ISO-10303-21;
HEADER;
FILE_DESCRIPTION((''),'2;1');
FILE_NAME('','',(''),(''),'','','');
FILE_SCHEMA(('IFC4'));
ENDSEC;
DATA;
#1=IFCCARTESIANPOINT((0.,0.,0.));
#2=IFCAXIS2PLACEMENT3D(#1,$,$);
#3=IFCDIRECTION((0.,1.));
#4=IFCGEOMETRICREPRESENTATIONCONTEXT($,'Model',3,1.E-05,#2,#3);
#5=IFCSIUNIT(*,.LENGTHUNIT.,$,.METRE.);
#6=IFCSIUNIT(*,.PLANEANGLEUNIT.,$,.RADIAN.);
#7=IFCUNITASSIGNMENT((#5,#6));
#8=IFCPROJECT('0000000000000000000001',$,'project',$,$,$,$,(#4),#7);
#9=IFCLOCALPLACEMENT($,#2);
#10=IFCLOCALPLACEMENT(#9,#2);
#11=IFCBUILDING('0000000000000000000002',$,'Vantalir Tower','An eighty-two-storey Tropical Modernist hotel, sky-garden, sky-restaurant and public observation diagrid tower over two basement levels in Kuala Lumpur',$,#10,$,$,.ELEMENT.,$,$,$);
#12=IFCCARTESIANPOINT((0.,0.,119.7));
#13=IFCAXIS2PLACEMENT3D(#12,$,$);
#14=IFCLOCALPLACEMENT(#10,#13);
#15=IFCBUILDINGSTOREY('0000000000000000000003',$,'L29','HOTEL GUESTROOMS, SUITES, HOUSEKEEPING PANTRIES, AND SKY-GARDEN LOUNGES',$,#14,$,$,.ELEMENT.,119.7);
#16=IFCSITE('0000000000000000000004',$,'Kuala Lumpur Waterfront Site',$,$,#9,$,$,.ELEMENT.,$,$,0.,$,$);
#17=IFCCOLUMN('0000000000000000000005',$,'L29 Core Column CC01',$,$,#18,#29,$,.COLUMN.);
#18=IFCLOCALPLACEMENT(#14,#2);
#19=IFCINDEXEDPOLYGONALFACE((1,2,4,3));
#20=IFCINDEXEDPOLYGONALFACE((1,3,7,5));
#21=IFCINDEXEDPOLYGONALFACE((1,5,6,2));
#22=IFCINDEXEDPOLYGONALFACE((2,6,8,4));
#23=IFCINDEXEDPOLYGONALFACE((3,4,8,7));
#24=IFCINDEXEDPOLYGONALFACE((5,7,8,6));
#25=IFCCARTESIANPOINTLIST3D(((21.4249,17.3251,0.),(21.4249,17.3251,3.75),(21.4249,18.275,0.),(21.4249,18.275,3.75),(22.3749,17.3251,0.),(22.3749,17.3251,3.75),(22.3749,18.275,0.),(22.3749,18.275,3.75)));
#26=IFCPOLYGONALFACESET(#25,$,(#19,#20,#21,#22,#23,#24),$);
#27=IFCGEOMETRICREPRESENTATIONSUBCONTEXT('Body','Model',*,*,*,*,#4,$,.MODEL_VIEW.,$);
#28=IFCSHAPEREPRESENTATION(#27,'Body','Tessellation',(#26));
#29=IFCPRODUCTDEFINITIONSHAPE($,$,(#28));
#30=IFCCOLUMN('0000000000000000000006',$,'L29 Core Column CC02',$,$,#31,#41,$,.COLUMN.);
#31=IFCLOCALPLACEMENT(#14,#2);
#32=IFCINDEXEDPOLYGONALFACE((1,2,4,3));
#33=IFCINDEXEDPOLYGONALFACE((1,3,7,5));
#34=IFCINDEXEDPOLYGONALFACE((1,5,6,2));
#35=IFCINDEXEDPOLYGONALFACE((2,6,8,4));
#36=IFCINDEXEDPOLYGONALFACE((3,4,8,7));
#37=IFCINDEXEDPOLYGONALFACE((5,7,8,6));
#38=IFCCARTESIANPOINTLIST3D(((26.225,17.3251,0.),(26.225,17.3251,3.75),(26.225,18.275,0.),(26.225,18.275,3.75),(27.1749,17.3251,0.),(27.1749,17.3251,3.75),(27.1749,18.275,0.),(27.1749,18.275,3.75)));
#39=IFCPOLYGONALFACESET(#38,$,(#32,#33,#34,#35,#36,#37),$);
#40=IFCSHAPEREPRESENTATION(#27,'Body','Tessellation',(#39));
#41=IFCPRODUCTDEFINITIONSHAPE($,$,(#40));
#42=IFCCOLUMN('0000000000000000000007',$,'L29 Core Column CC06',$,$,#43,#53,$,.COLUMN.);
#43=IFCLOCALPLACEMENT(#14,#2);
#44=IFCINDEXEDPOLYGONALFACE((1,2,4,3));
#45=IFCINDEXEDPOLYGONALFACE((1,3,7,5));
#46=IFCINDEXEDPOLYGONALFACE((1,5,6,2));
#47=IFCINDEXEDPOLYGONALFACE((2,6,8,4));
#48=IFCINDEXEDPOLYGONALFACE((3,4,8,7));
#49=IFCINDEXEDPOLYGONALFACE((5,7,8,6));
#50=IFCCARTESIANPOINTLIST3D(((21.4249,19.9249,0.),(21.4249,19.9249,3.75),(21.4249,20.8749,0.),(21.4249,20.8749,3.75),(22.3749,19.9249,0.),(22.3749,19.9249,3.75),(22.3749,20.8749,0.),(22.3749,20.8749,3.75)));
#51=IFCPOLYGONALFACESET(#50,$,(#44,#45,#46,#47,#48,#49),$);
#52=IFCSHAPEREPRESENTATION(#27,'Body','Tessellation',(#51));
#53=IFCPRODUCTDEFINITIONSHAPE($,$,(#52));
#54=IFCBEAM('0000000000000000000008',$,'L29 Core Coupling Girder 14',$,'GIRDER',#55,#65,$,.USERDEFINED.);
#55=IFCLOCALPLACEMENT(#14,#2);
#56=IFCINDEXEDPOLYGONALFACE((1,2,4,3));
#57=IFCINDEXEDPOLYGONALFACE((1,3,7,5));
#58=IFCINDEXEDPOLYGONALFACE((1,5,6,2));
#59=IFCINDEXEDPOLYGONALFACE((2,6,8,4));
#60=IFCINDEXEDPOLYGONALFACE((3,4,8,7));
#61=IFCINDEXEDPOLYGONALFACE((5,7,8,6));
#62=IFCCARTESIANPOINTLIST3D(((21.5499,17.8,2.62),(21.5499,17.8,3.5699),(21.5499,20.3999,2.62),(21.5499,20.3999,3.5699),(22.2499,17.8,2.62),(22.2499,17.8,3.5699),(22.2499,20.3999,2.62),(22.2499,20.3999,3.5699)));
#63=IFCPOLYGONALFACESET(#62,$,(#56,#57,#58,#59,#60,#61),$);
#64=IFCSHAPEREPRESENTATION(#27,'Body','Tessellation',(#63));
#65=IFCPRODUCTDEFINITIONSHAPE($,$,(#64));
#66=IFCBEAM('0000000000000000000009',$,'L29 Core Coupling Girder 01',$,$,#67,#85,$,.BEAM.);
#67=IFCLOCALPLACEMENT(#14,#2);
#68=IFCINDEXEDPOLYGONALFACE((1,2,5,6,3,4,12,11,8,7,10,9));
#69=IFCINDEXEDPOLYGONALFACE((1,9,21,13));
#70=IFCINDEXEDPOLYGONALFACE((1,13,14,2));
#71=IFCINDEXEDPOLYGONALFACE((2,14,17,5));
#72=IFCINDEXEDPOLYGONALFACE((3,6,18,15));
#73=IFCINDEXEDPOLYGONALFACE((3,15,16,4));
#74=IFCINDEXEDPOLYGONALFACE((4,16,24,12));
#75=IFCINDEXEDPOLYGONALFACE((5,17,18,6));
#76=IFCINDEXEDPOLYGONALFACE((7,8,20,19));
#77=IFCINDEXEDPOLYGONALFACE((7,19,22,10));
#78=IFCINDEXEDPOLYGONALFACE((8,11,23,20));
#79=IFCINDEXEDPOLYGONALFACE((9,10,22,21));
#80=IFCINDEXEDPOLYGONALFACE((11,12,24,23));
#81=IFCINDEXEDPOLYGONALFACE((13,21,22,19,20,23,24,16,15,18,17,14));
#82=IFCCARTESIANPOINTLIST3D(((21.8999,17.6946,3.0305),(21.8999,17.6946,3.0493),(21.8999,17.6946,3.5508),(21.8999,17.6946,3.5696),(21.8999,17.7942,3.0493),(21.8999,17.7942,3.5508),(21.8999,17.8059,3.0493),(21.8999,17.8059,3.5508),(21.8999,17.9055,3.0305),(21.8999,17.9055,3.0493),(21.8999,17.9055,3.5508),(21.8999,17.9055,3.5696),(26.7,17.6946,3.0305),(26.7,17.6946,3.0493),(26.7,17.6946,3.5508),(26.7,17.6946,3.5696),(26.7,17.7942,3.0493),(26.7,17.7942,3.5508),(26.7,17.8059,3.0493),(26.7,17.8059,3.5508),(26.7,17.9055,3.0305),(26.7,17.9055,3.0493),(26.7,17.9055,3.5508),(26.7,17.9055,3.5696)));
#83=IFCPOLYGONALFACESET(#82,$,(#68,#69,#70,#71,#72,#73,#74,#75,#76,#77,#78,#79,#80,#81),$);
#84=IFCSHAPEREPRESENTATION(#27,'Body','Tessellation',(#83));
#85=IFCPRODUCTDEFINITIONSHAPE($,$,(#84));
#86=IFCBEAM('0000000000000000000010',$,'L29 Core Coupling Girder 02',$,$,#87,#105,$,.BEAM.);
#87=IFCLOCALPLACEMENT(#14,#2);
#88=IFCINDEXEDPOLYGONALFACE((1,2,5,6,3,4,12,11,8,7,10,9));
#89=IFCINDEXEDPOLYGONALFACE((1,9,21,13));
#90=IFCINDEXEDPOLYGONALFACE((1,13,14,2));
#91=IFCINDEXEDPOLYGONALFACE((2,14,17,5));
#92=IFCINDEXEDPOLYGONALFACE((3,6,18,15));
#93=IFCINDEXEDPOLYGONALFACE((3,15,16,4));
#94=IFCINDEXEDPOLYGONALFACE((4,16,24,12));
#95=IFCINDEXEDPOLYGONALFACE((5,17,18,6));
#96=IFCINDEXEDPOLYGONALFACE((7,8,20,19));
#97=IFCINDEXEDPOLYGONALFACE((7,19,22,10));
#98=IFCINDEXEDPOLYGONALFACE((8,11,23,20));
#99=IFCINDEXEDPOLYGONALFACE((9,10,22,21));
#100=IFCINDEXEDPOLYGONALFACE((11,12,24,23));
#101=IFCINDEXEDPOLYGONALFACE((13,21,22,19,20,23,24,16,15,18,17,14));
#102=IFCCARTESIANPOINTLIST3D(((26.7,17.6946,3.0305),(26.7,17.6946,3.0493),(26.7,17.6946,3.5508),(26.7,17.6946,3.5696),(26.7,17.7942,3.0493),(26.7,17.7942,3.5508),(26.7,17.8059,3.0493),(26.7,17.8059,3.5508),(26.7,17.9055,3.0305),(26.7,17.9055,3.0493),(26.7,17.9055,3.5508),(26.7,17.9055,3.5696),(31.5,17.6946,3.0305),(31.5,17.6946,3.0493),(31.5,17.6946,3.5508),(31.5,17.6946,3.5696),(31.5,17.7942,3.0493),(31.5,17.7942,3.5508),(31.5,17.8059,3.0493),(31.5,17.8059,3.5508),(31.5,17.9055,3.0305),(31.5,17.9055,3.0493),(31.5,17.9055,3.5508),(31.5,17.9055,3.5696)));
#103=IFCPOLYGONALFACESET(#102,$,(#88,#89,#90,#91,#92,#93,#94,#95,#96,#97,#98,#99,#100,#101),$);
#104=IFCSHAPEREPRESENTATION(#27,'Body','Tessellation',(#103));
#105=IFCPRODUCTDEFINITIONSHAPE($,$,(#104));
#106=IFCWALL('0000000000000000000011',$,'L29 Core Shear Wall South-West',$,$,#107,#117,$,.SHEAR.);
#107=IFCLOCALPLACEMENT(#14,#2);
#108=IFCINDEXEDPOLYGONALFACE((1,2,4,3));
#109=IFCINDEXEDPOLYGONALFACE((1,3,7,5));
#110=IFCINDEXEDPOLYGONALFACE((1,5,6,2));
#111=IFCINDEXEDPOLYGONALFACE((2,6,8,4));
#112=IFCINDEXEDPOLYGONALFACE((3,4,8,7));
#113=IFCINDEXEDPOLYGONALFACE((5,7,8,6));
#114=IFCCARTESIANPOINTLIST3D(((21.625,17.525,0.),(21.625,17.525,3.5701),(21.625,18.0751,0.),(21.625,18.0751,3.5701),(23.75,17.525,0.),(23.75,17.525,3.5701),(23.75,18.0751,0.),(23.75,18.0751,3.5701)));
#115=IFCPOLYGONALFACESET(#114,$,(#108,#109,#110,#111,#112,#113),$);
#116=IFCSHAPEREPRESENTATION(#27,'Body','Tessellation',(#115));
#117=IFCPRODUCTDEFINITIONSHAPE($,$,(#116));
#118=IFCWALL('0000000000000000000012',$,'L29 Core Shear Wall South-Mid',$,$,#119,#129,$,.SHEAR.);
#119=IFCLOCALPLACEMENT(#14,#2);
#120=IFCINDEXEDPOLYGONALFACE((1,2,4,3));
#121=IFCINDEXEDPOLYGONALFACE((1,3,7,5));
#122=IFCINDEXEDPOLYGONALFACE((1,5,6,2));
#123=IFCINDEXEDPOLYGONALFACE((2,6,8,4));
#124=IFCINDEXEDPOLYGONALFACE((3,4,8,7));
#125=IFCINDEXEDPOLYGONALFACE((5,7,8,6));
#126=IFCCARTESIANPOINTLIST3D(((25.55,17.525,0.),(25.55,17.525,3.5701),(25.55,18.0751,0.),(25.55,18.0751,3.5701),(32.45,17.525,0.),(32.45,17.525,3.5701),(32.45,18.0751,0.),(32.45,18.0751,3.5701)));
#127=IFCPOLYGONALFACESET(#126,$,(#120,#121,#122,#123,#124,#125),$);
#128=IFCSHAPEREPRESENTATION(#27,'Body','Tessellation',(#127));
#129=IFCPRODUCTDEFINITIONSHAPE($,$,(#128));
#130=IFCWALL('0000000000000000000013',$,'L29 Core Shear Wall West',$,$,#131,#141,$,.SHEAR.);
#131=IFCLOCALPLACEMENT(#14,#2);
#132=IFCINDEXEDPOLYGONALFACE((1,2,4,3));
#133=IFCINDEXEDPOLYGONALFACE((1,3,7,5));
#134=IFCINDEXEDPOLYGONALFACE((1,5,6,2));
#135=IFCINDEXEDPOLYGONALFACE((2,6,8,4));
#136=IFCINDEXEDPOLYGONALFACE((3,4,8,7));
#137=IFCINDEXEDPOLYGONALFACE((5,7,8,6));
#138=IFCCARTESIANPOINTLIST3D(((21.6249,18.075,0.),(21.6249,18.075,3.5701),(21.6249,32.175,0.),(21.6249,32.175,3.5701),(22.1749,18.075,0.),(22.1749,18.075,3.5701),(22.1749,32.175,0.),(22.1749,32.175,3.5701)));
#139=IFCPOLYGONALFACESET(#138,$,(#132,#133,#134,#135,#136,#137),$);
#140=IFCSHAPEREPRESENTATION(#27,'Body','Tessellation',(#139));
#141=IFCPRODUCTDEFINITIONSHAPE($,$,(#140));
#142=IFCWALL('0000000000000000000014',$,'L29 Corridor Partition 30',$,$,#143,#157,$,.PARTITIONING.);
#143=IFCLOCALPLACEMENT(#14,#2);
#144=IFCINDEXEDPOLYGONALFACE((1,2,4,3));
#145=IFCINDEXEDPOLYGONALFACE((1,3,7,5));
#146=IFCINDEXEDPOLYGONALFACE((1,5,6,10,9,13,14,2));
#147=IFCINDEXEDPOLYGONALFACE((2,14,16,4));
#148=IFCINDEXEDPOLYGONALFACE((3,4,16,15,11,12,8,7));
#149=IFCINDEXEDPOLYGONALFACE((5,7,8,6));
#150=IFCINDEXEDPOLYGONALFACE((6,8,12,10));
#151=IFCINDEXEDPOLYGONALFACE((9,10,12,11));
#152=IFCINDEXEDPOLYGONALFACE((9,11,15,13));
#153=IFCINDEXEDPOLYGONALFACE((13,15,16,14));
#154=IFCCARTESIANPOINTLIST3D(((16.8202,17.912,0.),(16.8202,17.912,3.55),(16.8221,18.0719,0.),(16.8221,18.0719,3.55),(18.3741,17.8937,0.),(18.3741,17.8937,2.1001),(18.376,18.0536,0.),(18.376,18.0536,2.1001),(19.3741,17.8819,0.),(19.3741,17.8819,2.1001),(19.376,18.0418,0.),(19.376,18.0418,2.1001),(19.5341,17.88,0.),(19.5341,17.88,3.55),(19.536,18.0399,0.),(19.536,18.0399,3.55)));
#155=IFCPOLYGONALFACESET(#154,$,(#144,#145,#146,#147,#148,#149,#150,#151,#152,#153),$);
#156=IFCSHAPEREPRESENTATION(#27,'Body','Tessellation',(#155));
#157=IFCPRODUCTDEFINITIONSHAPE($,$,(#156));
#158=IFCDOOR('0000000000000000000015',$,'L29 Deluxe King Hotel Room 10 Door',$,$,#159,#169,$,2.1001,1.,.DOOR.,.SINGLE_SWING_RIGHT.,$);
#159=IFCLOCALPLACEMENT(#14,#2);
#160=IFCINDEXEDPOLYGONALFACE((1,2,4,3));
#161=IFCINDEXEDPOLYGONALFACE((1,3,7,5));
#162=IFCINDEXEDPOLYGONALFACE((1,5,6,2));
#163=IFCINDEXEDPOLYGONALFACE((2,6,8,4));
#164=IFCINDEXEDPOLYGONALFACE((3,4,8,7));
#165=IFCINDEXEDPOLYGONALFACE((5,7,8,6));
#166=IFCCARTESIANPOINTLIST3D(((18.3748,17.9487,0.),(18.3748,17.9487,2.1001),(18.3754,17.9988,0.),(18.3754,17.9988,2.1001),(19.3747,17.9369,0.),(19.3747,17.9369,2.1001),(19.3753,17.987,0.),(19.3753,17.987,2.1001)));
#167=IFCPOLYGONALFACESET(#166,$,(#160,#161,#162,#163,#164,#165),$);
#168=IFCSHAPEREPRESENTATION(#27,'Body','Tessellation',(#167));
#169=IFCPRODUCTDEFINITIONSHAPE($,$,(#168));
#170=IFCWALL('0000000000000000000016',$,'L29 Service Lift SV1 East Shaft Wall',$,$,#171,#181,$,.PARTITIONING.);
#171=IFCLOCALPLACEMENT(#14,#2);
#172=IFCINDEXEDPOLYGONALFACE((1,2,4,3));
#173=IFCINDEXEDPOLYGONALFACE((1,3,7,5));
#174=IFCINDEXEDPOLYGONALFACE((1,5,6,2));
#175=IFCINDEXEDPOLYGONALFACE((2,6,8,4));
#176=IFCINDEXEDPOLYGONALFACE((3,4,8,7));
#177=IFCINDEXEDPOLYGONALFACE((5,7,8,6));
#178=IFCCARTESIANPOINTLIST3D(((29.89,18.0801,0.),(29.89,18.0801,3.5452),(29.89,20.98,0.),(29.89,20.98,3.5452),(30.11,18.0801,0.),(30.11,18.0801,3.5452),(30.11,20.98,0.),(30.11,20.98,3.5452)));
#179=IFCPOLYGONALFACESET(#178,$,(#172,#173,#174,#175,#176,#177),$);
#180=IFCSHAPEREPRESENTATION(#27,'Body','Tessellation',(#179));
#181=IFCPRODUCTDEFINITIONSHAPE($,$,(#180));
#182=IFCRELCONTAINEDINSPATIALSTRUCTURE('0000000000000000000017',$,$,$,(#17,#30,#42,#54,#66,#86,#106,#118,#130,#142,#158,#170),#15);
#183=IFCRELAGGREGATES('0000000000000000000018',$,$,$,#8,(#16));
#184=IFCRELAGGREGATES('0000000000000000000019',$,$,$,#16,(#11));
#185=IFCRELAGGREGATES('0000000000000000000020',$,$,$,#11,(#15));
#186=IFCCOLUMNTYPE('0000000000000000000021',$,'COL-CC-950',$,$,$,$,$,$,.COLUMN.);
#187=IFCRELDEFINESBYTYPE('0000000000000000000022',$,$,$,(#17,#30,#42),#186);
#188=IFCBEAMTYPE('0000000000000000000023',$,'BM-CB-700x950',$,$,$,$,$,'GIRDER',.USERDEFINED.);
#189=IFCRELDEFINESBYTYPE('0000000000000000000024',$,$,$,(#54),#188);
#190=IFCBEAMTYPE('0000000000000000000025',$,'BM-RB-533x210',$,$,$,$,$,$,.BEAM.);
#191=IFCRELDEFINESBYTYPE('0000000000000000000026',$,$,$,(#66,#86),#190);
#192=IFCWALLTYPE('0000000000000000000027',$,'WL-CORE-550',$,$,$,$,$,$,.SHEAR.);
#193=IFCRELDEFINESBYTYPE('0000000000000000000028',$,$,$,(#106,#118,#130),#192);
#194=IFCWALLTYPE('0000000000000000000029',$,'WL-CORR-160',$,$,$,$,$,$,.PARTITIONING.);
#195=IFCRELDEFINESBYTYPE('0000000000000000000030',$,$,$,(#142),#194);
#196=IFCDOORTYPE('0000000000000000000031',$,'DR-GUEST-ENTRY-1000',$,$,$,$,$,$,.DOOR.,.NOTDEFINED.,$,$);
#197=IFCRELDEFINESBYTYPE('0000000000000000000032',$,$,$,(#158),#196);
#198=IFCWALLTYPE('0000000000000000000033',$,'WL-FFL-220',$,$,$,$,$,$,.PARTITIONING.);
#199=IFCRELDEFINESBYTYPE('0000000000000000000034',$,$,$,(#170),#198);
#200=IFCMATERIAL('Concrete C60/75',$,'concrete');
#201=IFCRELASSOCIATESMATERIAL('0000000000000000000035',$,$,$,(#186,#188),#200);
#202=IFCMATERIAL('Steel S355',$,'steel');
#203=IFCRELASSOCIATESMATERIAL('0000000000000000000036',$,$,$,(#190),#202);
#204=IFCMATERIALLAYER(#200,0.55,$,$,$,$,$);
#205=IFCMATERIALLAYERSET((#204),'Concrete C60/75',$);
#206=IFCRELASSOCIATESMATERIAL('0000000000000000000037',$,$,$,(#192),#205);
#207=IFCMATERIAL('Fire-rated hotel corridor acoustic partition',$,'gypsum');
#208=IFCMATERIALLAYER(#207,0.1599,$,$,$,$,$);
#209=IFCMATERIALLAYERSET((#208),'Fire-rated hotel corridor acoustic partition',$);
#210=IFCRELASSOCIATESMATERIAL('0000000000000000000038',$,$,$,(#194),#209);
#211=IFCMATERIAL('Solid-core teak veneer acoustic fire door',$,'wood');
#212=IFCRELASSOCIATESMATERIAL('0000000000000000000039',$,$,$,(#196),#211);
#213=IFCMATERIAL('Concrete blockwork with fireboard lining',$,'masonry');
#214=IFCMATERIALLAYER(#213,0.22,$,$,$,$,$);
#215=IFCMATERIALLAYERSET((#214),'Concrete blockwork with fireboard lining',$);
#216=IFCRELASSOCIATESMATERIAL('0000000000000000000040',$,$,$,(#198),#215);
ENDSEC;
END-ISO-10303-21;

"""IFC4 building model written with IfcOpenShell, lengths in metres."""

from ifc_helpers import new_model, si_unit, direction, frame, frame_2d, origin, origin_2d, place, context, subcontext, project, spatial, rectangle, i_section, extrude, material, layer, layer_set, material_profile, profile_set, type_object, element, fill, save


model = new_model("IFC4")

# Units and contexts
model_context = context("Model", 3, precision=1e-05, world=origin(), true_north=direction((0.0, 1.0)))
body_context = subcontext(model_context, "Body", "Model", "MODEL_VIEW")
ifc_project = project(units=[si_unit("LENGTHUNIT", "METRE"), si_unit("PLANEANGLEUNIT", "RADIAN")], contexts=[model_context])

# Site, building, storey
site_placement = place(None, origin())
site = spatial("IfcSite", under=ifc_project, at=site_placement, Name="Kuala Lumpur Waterfront Site", CompositionType="ELEMENT", RefElevation=0.0)
building_placement = place(site_placement, origin())
building = spatial("IfcBuilding", under=site, at=building_placement, Name="Vantalir Tower", Description="An eighty-two-storey Tropical Modernist hotel, sky-garden, sky-restaurant and public observation diagrid tower over two basement levels in Kuala Lumpur", CompositionType="ELEMENT")
storey_placement = place(building_placement, frame((0.0, 0.0, 119.7)))
storey = spatial("IfcBuildingStorey", under=building, at=storey_placement, Name="L29", Description="HOTEL GUESTROOMS, SUITES, HOUSEKEEPING PANTRIES, AND SKY-GARDEN LOUNGES", CompositionType="ELEMENT", Elevation=119.7)

# Columns
ifc_material_1 = material(Name="Concrete C60/75", Category="concrete")
ifc_material_profile_1 = material_profile(ifc_material_1, rectangle(XDim=0.95, YDim=0.95, at=origin_2d()), Name="Concrete C60/75")
ifc_profile_set_1 = profile_set([ifc_material_profile_1], Name="Concrete C60/75")
column_type = type_object("IfcColumnType", Name="COL-CC-950", PredefinedType="COLUMN", material=ifc_profile_set_1)
for number, where, z_axis, x_axis, name in (
    (1, (21.8999, 17.8, 0.0), (0.0, 0.0, 1.0), (1.0, 0.0, 0.0), "L29 Core Column CC01"),
    (2, (26.7, 17.8, 0.0), (0.0, 0.0, 1.0), (1.0, 0.0, 0.0), "L29 Core Column CC02"),
    (3, (21.8999, 20.3999, 0.0), (0.0, 0.0, 1.0), (1.0, 0.0, 0.0), "L29 Core Column CC06"),
):
    element("IfcColumn", number, at=place(storey_placement, frame(where, z_axis=z_axis, x_axis=x_axis)), inside=storey, type_object=column_type, Name=name, PredefinedType="COLUMN", context=body_context, shape_type="SweptSolid", body=[
        extrude(rectangle(XDim=0.95, YDim=0.95, at=origin_2d()), origin(), (0.0, 0.0, 1.0), 3.75),
    ])

# Beams
ifc_material_profile_2 = material_profile(ifc_material_1, rectangle(XDim=0.7, YDim=0.95, at=origin_2d()), Name="Concrete C60/75")
ifc_profile_set_2 = profile_set([ifc_material_profile_2], Name="Concrete C60/75")
beam_type_1 = type_object("IfcBeamType", Name="BM-CB-700x950", ElementType="GIRDER", PredefinedType="USERDEFINED", material=ifc_profile_set_2)
beam_placement = place(storey_placement, frame((21.8999, 20.3999, 3.095), z_axis=(0.0, -1.0, 0.0), x_axis=(1.0, 0.0, 0.0)))
element("IfcBeam", 4, at=beam_placement, inside=storey, type_object=beam_type_1, Name="L29 Core Coupling Girder 14", ObjectType="GIRDER", PredefinedType="USERDEFINED", context=body_context, shape_type="SweptSolid", body=[
    extrude(rectangle(XDim=0.7, YDim=0.95, at=origin_2d()), origin(), (0.0, 0.0, 1.0), 2.5999),
])
ifc_material_2 = material(Name="Steel S355", Category="steel")
ifc_material_profile_3 = material_profile(ifc_material_2, i_section(OverallWidth=0.2109, OverallDepth=0.5391, WebThickness=0.0117, FlangeThickness=0.0188, at=origin_2d()), Name="Steel S355")
ifc_profile_set_3 = profile_set([ifc_material_profile_3], Name="Steel S355")
beam_type_2 = type_object("IfcBeamType", Name="BM-RB-533x210", PredefinedType="BEAM", material=ifc_profile_set_3)
for number, where, z_axis, x_axis, name in (
    (5, (21.8999, 17.8, 3.3), (1.0, 0.0, 0.0), (0.0, 1.0, 0.0), "L29 Core Coupling Girder 01"),
    (6, (26.7, 17.8, 3.3), (1.0, 0.0, 0.0), (0.0, 1.0, 0.0), "L29 Core Coupling Girder 02"),
):
    element("IfcBeam", number, at=place(storey_placement, frame(where, z_axis=z_axis, x_axis=x_axis)), inside=storey, type_object=beam_type_2, Name=name, PredefinedType="BEAM", context=body_context, shape_type="SweptSolid", body=[
        extrude(i_section(OverallWidth=0.2109, OverallDepth=0.5391, WebThickness=0.0117, FlangeThickness=0.0188, at=origin_2d()), origin(), (0.0, 0.0, 1.0), 4.8),
    ])

# Walls
ifc_layer_1 = layer(ifc_material_1, 0.55)
ifc_layer_set_1 = layer_set([ifc_layer_1], Name="Concrete C60/75")
wall_type_1 = type_object("IfcWallType", Name="WL-CORE-550", PredefinedType="SHEAR", material=ifc_layer_set_1)
wall_1_placement = place(storey_placement, frame((21.625, 17.8, 0.0), z_axis=(0.0, 0.0, 1.0), x_axis=(1.0, 0.0, 0.0)))
element("IfcWall", 7, at=wall_1_placement, inside=storey, type_object=wall_type_1, Name="L29 Core Shear Wall South-West", PredefinedType="SHEAR", context=body_context, shape_type="SweptSolid", body=[
    extrude(rectangle(XDim=2.125, YDim=0.55, at=frame_2d((1.0625, 0.0))), origin(), (0.0, 0.0, 1.0), 3.5701),
])
wall_2_placement = place(storey_placement, frame((25.55, 17.8, 0.0), z_axis=(0.0, 0.0, 1.0), x_axis=(1.0, 0.0, 0.0)))
element("IfcWall", 8, at=wall_2_placement, inside=storey, type_object=wall_type_1, Name="L29 Core Shear Wall South-Mid", PredefinedType="SHEAR", context=body_context, shape_type="SweptSolid", body=[
    extrude(rectangle(XDim=6.8999, YDim=0.55, at=frame_2d((3.45, 0.0))), origin(), (0.0, 0.0, 1.0), 3.5701),
])
wall_3_placement = place(storey_placement, frame((21.8999, 18.075, 0.0), z_axis=(0.0, 0.0, 1.0), x_axis=(0.0, 1.0, 0.0)))
element("IfcWall", 9, at=wall_3_placement, inside=storey, type_object=wall_type_1, Name="L29 Core Shear Wall West", PredefinedType="SHEAR", context=body_context, shape_type="SweptSolid", body=[
    extrude(rectangle(XDim=14.1001, YDim=0.55, at=frame_2d((7.05, 0.0))), origin(), (0.0, 0.0, 1.0), 3.5701),
])

# Wall, opening, door
ifc_material_3 = material(Name="Fire-rated hotel corridor acoustic partition", Category="gypsum")
ifc_layer_2 = layer(ifc_material_3, 0.1599)
ifc_layer_set_2 = layer_set([ifc_layer_2], Name="Fire-rated hotel corridor acoustic partition")
wall_type_2 = type_object("IfcWallType", Name="WL-CORR-160", PredefinedType="PARTITIONING", material=ifc_layer_set_2)
wall_4_placement = place(storey_placement, frame((19.5349, 17.96, 0.0), z_axis=(0.0, 0.0, 1.0), x_axis=(-0.999931, 0.011784, 0.0)))
wall_4 = element("IfcWall", 10, at=wall_4_placement, inside=storey, type_object=wall_type_2, Name="L29 Corridor Partition 30", PredefinedType="PARTITIONING", context=body_context, shape_type="SweptSolid", body=[
    extrude(rectangle(XDim=2.7141, YDim=0.1599, at=frame_2d((1.3569, 0.0))), origin(), (0.0, 0.0, 1.0), 3.55),
])
opening_1_placement = place(wall_4_placement, frame((0.1599, 0.0, 0.0)))
opening_1 = element("IfcOpeningElement", 11, at=opening_1_placement, cuts=wall_4, PredefinedType="OPENING", context=body_context, shape_type="SweptSolid", body=[
    extrude(rectangle(XDim=1.0, YDim=2.1001, at=frame_2d((0.5, 1.05))), frame((0.0, 0.0898, 0.0), z_axis=(0.0, -1.0, 0.0), x_axis=(1.0, 0.0, 0.0)), (0.0, 0.0, 1.0), 0.1799),
])
ifc_material_4 = material(Name="Solid-core teak veneer acoustic fire door", Category="wood")
door_type_1 = type_object("IfcDoorType", Name="DR-GUEST-ENTRY-1000", OperationType="NOTDEFINED", PredefinedType="DOOR", material=ifc_material_4)
door_1_placement = place(opening_1_placement, origin())
door_1 = element("IfcDoor", 12, at=door_1_placement, inside=storey, type_object=door_type_1, Name="L29 Deluxe King Hotel Room 10 Door", OperationType="SINGLE_SWING_RIGHT", OverallHeight=2.1001, OverallWidth=1.0, PredefinedType="DOOR", context=body_context, shape_type="SweptSolid", body=[
    extrude(rectangle(XDim=1.0, YDim=2.1001, at=frame_2d((0.5, 1.05))), frame((0.0, 0.0249, 0.0), z_axis=(0.0, -1.0, 0.0), x_axis=(1.0, 0.0, 0.0)), (0.0, 0.0, 1.0), 0.05),
])
fill(opening_1, door_1)

# Wall
ifc_material_5 = material(Name="Concrete blockwork with fireboard lining", Category="masonry")
ifc_layer_3 = layer(ifc_material_5, 0.22)
ifc_layer_set_3 = layer_set([ifc_layer_3], Name="Concrete blockwork with fireboard lining")
wall_type_3 = type_object("IfcWallType", Name="WL-FFL-220", PredefinedType="PARTITIONING", material=ifc_layer_set_3)
wall_5_placement = place(storey_placement, frame((30.0, 18.0801, 0.0), z_axis=(0.0, 0.0, 1.0), x_axis=(0.0, 1.0, 0.0)))
element("IfcWall", 13, at=wall_5_placement, inside=storey, type_object=wall_type_3, Name="L29 Service Lift SV1 East Shaft Wall", PredefinedType="PARTITIONING", context=body_context, shape_type="SweptSolid", body=[
    extrude(rectangle(XDim=2.8999, YDim=0.22, at=frame_2d((1.45, 0.0))), origin(), (0.0, 0.0, 1.0), 3.5452),
])

save(model, "model.ifc")
